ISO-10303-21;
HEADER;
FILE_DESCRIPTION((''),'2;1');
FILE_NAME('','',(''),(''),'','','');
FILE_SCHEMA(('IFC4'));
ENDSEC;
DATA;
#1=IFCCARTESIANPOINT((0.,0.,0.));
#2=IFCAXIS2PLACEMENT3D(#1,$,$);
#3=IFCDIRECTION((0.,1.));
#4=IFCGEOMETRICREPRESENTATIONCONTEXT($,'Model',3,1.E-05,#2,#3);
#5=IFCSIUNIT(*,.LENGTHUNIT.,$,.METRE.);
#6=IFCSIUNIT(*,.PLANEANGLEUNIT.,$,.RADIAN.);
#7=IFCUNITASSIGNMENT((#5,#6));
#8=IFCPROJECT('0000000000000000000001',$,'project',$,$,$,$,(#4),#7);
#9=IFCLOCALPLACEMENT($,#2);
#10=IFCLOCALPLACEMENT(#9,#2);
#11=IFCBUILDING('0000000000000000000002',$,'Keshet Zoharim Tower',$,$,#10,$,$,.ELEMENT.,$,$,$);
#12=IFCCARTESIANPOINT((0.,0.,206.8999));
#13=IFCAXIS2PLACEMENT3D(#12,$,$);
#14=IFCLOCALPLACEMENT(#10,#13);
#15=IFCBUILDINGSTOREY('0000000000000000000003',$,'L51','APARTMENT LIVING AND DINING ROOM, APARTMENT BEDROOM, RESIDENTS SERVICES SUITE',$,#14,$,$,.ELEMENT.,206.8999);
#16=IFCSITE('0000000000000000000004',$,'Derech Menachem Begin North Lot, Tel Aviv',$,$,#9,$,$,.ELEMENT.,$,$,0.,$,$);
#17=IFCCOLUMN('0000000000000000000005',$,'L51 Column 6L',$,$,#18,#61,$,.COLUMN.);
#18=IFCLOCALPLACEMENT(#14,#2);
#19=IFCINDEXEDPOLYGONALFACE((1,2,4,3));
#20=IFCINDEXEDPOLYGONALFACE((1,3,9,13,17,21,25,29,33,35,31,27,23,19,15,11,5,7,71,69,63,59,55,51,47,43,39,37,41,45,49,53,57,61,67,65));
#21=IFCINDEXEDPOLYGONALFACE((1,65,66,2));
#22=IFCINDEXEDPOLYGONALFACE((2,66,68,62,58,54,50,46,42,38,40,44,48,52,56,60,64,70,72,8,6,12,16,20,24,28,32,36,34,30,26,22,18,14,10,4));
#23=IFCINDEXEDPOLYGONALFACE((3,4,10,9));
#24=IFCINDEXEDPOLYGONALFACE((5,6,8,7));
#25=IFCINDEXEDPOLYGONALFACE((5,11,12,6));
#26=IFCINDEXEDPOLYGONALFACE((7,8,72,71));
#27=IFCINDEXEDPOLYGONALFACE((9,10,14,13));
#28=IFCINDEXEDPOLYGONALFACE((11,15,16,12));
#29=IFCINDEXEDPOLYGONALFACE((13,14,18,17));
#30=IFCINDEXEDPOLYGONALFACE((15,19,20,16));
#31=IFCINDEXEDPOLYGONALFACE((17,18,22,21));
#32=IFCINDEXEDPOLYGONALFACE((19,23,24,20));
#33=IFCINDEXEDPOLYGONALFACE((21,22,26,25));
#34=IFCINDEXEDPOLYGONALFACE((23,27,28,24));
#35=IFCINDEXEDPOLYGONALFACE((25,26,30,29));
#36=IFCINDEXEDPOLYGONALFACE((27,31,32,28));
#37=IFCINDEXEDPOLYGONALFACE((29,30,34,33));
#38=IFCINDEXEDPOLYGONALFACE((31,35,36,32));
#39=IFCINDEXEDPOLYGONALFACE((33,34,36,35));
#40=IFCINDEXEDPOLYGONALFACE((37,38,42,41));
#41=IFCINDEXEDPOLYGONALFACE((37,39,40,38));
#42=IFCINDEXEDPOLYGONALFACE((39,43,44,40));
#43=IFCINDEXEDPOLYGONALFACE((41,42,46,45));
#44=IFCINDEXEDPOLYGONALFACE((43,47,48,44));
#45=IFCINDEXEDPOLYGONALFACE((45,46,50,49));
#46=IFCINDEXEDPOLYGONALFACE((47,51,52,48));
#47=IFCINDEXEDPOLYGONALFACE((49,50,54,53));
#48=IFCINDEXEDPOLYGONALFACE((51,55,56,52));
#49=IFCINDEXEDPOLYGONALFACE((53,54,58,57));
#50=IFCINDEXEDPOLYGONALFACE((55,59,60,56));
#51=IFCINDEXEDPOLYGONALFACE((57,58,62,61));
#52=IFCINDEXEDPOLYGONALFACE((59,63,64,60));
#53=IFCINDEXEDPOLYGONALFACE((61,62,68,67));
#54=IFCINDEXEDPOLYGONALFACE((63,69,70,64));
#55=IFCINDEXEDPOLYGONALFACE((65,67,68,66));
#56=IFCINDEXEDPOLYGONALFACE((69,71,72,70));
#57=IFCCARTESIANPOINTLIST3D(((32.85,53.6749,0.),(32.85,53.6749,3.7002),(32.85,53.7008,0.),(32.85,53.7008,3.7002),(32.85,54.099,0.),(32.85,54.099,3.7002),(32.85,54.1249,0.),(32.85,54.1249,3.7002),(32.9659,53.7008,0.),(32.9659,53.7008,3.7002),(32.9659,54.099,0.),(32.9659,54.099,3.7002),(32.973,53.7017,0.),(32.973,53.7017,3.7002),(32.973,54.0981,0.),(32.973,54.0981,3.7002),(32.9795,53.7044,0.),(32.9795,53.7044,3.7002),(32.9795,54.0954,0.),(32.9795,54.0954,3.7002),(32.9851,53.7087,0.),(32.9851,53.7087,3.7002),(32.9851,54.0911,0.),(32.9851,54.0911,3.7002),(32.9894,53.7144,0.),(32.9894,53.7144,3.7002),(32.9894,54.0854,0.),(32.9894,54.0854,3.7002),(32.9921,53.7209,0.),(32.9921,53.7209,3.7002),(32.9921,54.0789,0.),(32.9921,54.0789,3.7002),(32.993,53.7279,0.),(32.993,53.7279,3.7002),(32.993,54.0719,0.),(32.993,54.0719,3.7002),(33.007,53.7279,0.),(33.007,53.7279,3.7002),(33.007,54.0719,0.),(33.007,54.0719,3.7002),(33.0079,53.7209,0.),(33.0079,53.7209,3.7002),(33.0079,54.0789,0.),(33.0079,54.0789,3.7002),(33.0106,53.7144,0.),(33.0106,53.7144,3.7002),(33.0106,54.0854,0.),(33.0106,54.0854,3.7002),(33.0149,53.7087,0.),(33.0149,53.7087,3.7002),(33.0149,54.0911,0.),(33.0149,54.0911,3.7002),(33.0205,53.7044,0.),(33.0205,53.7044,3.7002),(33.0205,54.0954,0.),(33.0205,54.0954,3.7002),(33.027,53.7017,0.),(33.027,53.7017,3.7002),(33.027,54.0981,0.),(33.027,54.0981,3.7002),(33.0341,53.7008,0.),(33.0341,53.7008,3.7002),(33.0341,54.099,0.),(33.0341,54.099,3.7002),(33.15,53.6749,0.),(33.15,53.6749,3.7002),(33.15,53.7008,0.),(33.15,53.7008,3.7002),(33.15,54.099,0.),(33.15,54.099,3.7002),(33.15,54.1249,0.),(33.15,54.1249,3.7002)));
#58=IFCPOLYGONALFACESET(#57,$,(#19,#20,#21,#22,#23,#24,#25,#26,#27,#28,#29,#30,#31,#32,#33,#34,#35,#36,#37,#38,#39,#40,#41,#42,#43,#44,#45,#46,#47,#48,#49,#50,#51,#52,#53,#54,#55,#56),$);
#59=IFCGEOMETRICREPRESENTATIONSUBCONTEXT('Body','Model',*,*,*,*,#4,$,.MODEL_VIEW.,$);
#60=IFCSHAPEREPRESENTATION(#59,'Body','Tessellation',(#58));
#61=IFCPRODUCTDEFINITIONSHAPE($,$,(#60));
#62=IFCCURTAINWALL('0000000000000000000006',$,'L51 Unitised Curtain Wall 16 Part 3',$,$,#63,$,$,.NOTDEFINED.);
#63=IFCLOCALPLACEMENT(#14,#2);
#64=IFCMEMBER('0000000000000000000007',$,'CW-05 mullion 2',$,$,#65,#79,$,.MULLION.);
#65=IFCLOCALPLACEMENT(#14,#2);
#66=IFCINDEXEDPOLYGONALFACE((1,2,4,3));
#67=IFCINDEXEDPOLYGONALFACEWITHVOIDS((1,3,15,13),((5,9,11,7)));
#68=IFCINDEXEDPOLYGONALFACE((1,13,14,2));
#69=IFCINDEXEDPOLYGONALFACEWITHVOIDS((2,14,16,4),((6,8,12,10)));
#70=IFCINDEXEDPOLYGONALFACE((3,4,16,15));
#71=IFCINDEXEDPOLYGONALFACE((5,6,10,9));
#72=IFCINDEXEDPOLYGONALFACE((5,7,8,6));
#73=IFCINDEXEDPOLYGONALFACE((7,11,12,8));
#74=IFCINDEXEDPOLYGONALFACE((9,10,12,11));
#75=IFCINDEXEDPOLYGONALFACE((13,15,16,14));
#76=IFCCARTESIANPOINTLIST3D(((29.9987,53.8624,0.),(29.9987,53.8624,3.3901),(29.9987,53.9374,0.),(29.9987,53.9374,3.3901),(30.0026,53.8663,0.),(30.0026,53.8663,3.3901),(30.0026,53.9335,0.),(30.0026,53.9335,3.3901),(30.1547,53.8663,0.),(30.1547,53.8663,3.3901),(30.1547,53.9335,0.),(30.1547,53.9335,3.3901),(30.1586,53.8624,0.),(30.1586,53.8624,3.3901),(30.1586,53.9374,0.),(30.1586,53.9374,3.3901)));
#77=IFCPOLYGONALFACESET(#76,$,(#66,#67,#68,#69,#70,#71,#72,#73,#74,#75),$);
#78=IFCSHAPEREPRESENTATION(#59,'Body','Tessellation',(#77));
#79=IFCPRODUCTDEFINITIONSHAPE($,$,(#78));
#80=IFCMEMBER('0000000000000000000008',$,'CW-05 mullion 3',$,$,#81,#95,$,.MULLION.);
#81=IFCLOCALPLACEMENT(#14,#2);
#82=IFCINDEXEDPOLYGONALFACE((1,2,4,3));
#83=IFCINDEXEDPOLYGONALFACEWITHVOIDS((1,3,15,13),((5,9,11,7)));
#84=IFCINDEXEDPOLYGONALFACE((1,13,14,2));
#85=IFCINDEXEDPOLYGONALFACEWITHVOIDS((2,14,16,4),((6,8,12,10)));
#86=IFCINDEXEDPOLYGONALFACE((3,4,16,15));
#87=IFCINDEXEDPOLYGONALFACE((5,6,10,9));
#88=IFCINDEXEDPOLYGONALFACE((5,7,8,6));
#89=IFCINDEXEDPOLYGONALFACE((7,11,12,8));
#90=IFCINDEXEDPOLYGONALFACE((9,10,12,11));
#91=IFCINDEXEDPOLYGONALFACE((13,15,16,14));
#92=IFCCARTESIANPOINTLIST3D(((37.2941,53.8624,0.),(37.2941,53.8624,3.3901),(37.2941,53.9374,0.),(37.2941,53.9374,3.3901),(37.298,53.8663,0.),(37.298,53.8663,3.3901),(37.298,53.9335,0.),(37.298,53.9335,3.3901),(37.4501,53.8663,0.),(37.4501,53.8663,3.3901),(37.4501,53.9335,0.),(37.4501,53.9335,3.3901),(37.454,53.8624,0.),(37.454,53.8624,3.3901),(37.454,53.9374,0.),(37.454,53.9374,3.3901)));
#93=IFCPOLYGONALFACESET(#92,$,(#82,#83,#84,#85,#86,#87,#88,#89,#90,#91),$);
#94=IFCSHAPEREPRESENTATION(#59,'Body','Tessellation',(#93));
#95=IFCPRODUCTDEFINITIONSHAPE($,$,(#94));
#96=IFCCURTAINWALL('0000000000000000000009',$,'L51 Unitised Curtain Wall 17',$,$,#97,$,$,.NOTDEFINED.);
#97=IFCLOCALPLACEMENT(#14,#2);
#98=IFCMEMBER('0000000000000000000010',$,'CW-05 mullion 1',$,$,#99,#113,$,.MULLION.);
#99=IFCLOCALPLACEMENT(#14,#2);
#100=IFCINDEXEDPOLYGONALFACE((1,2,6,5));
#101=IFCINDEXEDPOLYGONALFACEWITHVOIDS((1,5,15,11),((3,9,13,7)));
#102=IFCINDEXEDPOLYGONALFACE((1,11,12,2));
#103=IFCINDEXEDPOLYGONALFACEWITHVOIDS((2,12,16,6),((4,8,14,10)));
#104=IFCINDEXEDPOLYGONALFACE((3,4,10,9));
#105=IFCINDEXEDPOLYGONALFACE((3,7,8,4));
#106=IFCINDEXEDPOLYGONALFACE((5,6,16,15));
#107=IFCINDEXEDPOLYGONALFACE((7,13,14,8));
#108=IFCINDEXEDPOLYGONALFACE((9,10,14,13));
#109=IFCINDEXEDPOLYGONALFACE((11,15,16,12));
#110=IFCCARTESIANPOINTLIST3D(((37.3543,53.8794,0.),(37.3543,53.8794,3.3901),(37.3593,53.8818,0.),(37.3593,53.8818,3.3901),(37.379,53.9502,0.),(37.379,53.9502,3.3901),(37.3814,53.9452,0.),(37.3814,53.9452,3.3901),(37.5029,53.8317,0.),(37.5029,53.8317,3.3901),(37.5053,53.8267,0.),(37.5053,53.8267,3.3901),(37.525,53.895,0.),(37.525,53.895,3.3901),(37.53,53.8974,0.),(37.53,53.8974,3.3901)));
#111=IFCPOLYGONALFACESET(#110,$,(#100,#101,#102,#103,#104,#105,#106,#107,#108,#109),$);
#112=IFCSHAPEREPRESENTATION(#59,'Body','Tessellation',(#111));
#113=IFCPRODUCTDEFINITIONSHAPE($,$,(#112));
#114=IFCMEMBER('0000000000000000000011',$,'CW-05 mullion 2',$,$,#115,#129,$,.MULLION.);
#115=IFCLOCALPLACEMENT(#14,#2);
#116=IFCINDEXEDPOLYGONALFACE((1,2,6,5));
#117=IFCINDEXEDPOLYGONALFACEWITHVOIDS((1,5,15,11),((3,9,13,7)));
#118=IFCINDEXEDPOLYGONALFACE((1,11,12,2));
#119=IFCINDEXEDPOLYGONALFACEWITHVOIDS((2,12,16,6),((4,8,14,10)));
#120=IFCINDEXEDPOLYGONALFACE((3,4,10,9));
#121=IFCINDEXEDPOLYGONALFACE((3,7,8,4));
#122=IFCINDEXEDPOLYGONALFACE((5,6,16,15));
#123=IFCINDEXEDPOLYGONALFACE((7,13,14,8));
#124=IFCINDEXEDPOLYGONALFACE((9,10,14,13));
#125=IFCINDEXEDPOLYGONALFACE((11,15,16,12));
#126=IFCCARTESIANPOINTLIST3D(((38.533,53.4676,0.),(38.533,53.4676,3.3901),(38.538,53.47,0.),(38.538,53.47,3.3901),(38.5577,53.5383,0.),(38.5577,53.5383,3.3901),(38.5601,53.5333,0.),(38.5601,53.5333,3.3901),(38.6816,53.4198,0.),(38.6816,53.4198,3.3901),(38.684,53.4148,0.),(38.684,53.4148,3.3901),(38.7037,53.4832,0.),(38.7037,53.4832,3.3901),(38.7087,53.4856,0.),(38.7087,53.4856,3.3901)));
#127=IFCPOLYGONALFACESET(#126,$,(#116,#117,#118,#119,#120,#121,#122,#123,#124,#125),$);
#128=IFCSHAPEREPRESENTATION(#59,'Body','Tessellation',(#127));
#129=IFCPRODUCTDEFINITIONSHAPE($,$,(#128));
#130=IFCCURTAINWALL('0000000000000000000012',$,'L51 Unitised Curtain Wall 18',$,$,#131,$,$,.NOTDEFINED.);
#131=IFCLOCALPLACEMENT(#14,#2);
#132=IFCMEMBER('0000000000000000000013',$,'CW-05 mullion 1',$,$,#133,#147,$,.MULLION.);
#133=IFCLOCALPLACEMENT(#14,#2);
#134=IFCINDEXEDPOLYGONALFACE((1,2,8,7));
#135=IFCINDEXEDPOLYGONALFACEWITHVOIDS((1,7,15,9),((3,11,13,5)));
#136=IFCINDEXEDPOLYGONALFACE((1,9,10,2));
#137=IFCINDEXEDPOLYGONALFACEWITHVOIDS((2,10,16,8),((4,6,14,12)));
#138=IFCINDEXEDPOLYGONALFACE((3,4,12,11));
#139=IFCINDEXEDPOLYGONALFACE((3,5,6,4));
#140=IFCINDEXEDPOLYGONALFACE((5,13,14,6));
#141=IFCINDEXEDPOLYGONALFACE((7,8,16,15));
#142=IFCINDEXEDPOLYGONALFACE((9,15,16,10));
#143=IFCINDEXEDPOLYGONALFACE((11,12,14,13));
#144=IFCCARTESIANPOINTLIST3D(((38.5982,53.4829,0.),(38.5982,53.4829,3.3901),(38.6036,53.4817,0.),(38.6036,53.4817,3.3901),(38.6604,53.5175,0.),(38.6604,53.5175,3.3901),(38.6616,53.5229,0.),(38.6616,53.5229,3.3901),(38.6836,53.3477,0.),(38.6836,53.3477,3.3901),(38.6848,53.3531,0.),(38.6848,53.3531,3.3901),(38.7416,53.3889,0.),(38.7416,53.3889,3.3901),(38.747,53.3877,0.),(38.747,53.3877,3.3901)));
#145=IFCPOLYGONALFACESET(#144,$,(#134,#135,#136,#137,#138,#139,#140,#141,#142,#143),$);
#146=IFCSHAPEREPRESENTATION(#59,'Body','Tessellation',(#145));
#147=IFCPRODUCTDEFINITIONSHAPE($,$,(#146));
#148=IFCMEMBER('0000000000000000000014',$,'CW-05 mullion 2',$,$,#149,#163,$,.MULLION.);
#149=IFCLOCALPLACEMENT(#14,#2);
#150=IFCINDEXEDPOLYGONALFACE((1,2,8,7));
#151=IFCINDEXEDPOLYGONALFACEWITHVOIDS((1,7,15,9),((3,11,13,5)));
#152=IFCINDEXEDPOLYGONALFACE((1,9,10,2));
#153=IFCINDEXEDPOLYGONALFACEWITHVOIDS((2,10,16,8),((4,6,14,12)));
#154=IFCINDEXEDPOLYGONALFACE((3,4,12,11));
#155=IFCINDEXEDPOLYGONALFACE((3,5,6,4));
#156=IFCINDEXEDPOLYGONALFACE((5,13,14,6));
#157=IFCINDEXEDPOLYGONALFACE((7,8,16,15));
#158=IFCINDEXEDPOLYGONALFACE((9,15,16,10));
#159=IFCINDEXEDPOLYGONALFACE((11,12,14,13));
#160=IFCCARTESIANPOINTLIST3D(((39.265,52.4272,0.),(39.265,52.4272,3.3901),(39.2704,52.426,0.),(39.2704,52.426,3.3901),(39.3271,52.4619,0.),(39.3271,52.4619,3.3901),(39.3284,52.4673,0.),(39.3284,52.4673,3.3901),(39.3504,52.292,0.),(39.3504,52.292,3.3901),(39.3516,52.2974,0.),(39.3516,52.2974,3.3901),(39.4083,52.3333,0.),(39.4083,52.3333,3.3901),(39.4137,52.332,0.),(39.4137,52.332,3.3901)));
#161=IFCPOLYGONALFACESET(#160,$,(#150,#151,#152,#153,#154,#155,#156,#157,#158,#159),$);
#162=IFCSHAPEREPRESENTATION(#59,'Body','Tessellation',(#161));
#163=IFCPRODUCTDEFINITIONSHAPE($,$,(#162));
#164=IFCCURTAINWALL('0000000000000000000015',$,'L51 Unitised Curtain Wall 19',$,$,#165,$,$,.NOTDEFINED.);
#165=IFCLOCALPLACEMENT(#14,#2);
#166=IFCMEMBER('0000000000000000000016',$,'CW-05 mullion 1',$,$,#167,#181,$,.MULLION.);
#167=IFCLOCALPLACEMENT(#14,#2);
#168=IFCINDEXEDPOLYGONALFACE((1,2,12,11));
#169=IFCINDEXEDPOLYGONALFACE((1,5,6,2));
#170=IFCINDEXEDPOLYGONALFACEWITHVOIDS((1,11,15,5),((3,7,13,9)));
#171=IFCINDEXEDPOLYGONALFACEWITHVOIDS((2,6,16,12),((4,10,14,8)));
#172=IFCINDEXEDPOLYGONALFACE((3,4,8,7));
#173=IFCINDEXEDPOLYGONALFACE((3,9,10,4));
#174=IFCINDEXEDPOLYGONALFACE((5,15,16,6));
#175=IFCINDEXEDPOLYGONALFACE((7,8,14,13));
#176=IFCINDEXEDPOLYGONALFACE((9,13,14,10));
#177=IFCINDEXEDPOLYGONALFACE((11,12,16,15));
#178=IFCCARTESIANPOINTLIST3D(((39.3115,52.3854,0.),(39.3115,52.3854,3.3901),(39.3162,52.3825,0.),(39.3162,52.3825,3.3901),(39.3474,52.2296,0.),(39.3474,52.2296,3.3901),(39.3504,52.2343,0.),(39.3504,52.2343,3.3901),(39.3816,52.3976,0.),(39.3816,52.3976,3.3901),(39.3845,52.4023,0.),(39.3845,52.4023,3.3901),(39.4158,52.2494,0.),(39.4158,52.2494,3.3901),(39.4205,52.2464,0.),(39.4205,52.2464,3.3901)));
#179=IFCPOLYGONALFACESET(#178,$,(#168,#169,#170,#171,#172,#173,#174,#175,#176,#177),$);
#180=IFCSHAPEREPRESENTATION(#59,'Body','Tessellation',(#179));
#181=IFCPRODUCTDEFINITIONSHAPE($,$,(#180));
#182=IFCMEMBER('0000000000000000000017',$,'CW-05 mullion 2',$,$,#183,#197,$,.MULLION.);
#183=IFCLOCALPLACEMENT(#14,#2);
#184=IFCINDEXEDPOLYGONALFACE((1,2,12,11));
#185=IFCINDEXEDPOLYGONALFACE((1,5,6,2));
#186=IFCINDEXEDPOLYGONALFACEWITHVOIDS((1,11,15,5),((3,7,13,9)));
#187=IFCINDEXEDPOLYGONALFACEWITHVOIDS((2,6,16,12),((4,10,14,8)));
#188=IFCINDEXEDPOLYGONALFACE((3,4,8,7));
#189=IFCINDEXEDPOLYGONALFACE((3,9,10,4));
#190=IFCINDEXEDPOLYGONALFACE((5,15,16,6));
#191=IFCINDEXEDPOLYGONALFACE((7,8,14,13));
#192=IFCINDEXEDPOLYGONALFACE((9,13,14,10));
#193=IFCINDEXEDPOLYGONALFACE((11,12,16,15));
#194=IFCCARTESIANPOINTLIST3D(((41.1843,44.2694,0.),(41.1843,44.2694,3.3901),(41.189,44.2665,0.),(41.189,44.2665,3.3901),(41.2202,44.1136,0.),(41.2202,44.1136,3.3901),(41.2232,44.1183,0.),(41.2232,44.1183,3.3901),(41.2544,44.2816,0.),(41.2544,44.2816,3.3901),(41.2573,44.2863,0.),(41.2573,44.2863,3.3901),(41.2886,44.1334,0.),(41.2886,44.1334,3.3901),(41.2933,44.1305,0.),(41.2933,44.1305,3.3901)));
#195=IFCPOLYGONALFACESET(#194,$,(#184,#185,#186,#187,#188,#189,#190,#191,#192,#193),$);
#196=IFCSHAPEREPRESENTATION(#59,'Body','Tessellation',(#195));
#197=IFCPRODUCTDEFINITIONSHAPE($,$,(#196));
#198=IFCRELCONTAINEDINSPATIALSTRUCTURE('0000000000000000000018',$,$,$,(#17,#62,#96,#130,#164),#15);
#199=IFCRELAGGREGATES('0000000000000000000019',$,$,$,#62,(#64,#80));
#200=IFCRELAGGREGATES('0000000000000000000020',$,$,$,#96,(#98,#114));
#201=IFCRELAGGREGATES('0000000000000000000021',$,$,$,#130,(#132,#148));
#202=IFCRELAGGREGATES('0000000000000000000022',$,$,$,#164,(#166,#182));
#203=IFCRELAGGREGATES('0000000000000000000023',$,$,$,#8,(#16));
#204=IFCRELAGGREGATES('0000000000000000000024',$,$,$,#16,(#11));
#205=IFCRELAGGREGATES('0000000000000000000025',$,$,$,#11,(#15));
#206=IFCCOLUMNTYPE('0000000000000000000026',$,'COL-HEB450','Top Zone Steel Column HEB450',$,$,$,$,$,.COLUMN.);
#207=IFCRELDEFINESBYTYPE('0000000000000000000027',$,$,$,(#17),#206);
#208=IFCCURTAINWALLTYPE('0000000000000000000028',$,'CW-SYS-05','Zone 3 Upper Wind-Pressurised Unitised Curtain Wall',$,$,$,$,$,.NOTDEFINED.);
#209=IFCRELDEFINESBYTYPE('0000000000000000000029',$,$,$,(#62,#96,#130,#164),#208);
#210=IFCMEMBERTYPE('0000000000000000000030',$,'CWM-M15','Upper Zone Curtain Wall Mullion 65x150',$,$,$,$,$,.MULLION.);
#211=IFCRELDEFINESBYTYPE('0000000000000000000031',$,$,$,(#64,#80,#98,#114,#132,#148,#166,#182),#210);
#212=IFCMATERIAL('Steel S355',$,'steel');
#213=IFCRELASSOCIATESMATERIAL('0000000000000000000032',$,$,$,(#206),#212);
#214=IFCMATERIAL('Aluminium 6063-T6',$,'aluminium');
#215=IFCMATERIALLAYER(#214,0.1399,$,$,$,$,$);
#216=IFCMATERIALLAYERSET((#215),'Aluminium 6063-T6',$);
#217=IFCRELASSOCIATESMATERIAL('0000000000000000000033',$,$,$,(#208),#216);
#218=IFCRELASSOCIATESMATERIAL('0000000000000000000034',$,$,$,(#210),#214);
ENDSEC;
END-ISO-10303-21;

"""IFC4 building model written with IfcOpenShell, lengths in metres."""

from ifc_helpers import new_model, si_unit, direction, frame, origin, origin_2d, place, context, subcontext, project, spatial, hollow_rectangle, i_section, extrude, material, layer, layer_set, material_profile, profile_set, type_object, element, aggregate, save


model = new_model("IFC4")

# Units and contexts
model_context = context("Model", 3, precision=1e-05, world=origin(), true_north=direction((0.0, 1.0)))
body_context = subcontext(model_context, "Body", "Model", "MODEL_VIEW")
ifc_project = project(units=[si_unit("LENGTHUNIT", "METRE"), si_unit("PLANEANGLEUNIT", "RADIAN")], contexts=[model_context])

# Site, building, storey
site_placement = place(None, origin())
site = spatial("IfcSite", under=ifc_project, at=site_placement, Name="Derech Menachem Begin North Lot, Tel Aviv", CompositionType="ELEMENT", RefElevation=0.0)
building_placement = place(site_placement, origin())
building = spatial("IfcBuilding", under=site, at=building_placement, Name="Keshet Zoharim Tower", CompositionType="ELEMENT")
storey_placement = place(building_placement, frame((0.0, 0.0, 206.8999)))
storey = spatial("IfcBuildingStorey", under=building, at=storey_placement, Name="L51", Description="APARTMENT LIVING AND DINING ROOM, APARTMENT BEDROOM, RESIDENTS SERVICES SUITE", CompositionType="ELEMENT", Elevation=206.8999)

# Column
ifc_material_1 = material(Name="Steel S355", Category="steel")
ifc_material_profile_1 = material_profile(ifc_material_1, i_section(OverallWidth=0.3, OverallDepth=0.45, WebThickness=0.0139, FlangeThickness=0.0259, FilletRadius=0.0271, at=origin_2d()), Name="HEB450")
ifc_profile_set_1 = profile_set([ifc_material_profile_1], Name="Steel S355")
column_type = type_object("IfcColumnType", Name="COL-HEB450", Description="Top Zone Steel Column HEB450", PredefinedType="COLUMN", material=ifc_profile_set_1)
column_placement = place(storey_placement, frame((33.0, 53.8999, 0.0), z_axis=(0.0, 0.0, 1.0), x_axis=(1.0, 0.0, 0.0)))
element("IfcColumn", 1, at=column_placement, inside=storey, type_object=column_type, Name="L51 Column 6L", PredefinedType="COLUMN", context=body_context, shape_type="SweptSolid", body=[
    extrude(i_section(OverallWidth=0.3, OverallDepth=0.45, WebThickness=0.0139, FlangeThickness=0.0259, FilletRadius=0.0271, at=origin_2d()), origin(), (0.0, 0.0, 1.0), 3.7002),
])

# Curtain walls, members
ifc_material_2 = material(Name="Aluminium 6063-T6", Category="aluminium")
ifc_layer_1 = layer(ifc_material_2, 0.1399)
ifc_layer_set_1 = layer_set([ifc_layer_1], Name="Aluminium 6063-T6")
curtain_wall_type = type_object("IfcCurtainWallType", Name="CW-SYS-05", Description="Zone 3 Upper Wind-Pressurised Unitised Curtain Wall", PredefinedType="NOTDEFINED", material=ifc_layer_set_1)
curtain_wall_1_placement = place(storey_placement, origin())
curtain_wall_1 = element("IfcCurtainWall", 2, at=curtain_wall_1_placement, inside=storey, type_object=curtain_wall_type, Name="L51 Unitised Curtain Wall 16 Part 3", PredefinedType="NOTDEFINED")
ifc_material_profile_2 = material_profile(ifc_material_2, hollow_rectangle(XDim=0.075, YDim=0.1599, WallThickness=0.0039, at=origin_2d()), Name="MUL-75x160")
ifc_profile_set_2 = profile_set([ifc_material_profile_2], Name="Aluminium 6063-T6")
member_type_1 = type_object("IfcMemberType", Name="CWM-M15", Description="Upper Zone Curtain Wall Mullion 65x150", PredefinedType="MULLION", material=ifc_profile_set_2)
member_1_placement = place(storey_placement, frame((30.0786, 53.8999, 0.0), z_axis=(0.0, 0.0, 1.0), x_axis=(0.0, 1.0, 0.0)))
member_1 = element("IfcMember", 3, at=member_1_placement, type_object=member_type_1, Name="CW-05 mullion 2", PredefinedType="MULLION", context=body_context, shape_type="SweptSolid", body=[
    extrude(hollow_rectangle(XDim=0.075, YDim=0.1599, WallThickness=0.0039, at=origin_2d()), origin(), (0.0, 0.0, 1.0), 3.3901),
])
member_2_placement = place(storey_placement, frame((37.374, 53.8999, 0.0), z_axis=(0.0, 0.0, 1.0), x_axis=(0.0, 1.0, 0.0)))
member_2 = element("IfcMember", 4, at=member_2_placement, type_object=member_type_1, Name="CW-05 mullion 3", PredefinedType="MULLION", context=body_context, shape_type="SweptSolid", body=[
    extrude(hollow_rectangle(XDim=0.075, YDim=0.1599, WallThickness=0.0039, at=origin_2d()), origin(), (0.0, 0.0, 1.0), 3.3901),
])
curtain_wall_2_placement = place(storey_placement, origin())
curtain_wall_2 = element("IfcCurtainWall", 5, at=curtain_wall_2_placement, inside=storey, type_object=curtain_wall_type, Name="L51 Unitised Curtain Wall 17", PredefinedType="NOTDEFINED")
member_3_placement = place(storey_placement, frame((37.4421, 53.8884, 0.0), z_axis=(0.0, 0.0, 1.0), x_axis=(0.329844, 0.944036, 0.0)))
member_3 = element("IfcMember", 6, at=member_3_placement, type_object=member_type_1, Name="CW-05 mullion 1", PredefinedType="MULLION", context=body_context, shape_type="SweptSolid", body=[
    extrude(hollow_rectangle(XDim=0.075, YDim=0.1599, WallThickness=0.0039, at=origin_2d()), origin(), (0.0, 0.0, 1.0), 3.3901),
])
member_4_placement = place(storey_placement, frame((38.6208, 53.4766, 0.0), z_axis=(0.0, 0.0, 1.0), x_axis=(0.329844, 0.944036, 0.0)))
member_4 = element("IfcMember", 7, at=member_4_placement, type_object=member_type_1, Name="CW-05 mullion 2", PredefinedType="MULLION", context=body_context, shape_type="SweptSolid", body=[
    extrude(hollow_rectangle(XDim=0.075, YDim=0.1599, WallThickness=0.0039, at=origin_2d()), origin(), (0.0, 0.0, 1.0), 3.3901),
])
curtain_wall_3_placement = place(storey_placement, origin())
curtain_wall_3 = element("IfcCurtainWall", 8, at=curtain_wall_3_placement, inside=storey, type_object=curtain_wall_type, Name="L51 Unitised Curtain Wall 18", PredefinedType="NOTDEFINED")
member_5_placement = place(storey_placement, frame((38.6726, 53.4353, 0.0), z_axis=(0.0, 0.0, 1.0), x_axis=(0.845561, 0.533879, 0.0)))
member_5 = element("IfcMember", 9, at=member_5_placement, type_object=member_type_1, Name="CW-05 mullion 1", PredefinedType="MULLION", context=body_context, shape_type="SweptSolid", body=[
    extrude(hollow_rectangle(XDim=0.075, YDim=0.1599, WallThickness=0.0039, at=origin_2d()), origin(), (0.0, 0.0, 1.0), 3.3901),
])
member_6_placement = place(storey_placement, frame((39.3394, 52.3796, 0.0), z_axis=(0.0, 0.0, 1.0), x_axis=(0.845561, 0.533879, 0.0)))
member_6 = element("IfcMember", 10, at=member_6_placement, type_object=member_type_1, Name="CW-05 mullion 2", PredefinedType="MULLION", context=body_context, shape_type="SweptSolid", body=[
    extrude(hollow_rectangle(XDim=0.075, YDim=0.1599, WallThickness=0.0039, at=origin_2d()), origin(), (0.0, 0.0, 1.0), 3.3901),
])
curtain_wall_4_placement = place(storey_placement, origin())
curtain_wall_4 = element("IfcCurtainWall", 11, at=curtain_wall_4_placement, inside=storey, type_object=curtain_wall_type, Name="L51 Unitised Curtain Wall 19", PredefinedType="NOTDEFINED")
member_7_placement = place(storey_placement, frame((39.366, 52.3159, 0.0), z_axis=(0.0, 0.0, 1.0), x_axis=(0.974394, 0.224848, 0.0)))
member_7 = element("IfcMember", 12, at=member_7_placement, type_object=member_type_1, Name="CW-05 mullion 1", PredefinedType="MULLION", context=body_context, shape_type="SweptSolid", body=[
    extrude(hollow_rectangle(XDim=0.075, YDim=0.1599, WallThickness=0.0039, at=origin_2d()), origin(), (0.0, 0.0, 1.0), 3.3901),
])
member_8_placement = place(storey_placement, frame((41.2388, 44.2, 0.0), z_axis=(0.0, 0.0, 1.0), x_axis=(0.974394, 0.224848, 0.0)))
member_8 = element("IfcMember", 13, at=member_8_placement, type_object=member_type_1, Name="CW-05 mullion 2", PredefinedType="MULLION", context=body_context, shape_type="SweptSolid", body=[
    extrude(hollow_rectangle(XDim=0.075, YDim=0.1599, WallThickness=0.0039, at=origin_2d()), origin(), (0.0, 0.0, 1.0), 3.3901),
])

aggregate(curtain_wall_1, [member_1, member_2])
aggregate(curtain_wall_2, [member_3, member_4])
aggregate(curtain_wall_3, [member_5, member_6])
aggregate(curtain_wall_4, [member_7, member_8])

save(model, "model.ifc")
